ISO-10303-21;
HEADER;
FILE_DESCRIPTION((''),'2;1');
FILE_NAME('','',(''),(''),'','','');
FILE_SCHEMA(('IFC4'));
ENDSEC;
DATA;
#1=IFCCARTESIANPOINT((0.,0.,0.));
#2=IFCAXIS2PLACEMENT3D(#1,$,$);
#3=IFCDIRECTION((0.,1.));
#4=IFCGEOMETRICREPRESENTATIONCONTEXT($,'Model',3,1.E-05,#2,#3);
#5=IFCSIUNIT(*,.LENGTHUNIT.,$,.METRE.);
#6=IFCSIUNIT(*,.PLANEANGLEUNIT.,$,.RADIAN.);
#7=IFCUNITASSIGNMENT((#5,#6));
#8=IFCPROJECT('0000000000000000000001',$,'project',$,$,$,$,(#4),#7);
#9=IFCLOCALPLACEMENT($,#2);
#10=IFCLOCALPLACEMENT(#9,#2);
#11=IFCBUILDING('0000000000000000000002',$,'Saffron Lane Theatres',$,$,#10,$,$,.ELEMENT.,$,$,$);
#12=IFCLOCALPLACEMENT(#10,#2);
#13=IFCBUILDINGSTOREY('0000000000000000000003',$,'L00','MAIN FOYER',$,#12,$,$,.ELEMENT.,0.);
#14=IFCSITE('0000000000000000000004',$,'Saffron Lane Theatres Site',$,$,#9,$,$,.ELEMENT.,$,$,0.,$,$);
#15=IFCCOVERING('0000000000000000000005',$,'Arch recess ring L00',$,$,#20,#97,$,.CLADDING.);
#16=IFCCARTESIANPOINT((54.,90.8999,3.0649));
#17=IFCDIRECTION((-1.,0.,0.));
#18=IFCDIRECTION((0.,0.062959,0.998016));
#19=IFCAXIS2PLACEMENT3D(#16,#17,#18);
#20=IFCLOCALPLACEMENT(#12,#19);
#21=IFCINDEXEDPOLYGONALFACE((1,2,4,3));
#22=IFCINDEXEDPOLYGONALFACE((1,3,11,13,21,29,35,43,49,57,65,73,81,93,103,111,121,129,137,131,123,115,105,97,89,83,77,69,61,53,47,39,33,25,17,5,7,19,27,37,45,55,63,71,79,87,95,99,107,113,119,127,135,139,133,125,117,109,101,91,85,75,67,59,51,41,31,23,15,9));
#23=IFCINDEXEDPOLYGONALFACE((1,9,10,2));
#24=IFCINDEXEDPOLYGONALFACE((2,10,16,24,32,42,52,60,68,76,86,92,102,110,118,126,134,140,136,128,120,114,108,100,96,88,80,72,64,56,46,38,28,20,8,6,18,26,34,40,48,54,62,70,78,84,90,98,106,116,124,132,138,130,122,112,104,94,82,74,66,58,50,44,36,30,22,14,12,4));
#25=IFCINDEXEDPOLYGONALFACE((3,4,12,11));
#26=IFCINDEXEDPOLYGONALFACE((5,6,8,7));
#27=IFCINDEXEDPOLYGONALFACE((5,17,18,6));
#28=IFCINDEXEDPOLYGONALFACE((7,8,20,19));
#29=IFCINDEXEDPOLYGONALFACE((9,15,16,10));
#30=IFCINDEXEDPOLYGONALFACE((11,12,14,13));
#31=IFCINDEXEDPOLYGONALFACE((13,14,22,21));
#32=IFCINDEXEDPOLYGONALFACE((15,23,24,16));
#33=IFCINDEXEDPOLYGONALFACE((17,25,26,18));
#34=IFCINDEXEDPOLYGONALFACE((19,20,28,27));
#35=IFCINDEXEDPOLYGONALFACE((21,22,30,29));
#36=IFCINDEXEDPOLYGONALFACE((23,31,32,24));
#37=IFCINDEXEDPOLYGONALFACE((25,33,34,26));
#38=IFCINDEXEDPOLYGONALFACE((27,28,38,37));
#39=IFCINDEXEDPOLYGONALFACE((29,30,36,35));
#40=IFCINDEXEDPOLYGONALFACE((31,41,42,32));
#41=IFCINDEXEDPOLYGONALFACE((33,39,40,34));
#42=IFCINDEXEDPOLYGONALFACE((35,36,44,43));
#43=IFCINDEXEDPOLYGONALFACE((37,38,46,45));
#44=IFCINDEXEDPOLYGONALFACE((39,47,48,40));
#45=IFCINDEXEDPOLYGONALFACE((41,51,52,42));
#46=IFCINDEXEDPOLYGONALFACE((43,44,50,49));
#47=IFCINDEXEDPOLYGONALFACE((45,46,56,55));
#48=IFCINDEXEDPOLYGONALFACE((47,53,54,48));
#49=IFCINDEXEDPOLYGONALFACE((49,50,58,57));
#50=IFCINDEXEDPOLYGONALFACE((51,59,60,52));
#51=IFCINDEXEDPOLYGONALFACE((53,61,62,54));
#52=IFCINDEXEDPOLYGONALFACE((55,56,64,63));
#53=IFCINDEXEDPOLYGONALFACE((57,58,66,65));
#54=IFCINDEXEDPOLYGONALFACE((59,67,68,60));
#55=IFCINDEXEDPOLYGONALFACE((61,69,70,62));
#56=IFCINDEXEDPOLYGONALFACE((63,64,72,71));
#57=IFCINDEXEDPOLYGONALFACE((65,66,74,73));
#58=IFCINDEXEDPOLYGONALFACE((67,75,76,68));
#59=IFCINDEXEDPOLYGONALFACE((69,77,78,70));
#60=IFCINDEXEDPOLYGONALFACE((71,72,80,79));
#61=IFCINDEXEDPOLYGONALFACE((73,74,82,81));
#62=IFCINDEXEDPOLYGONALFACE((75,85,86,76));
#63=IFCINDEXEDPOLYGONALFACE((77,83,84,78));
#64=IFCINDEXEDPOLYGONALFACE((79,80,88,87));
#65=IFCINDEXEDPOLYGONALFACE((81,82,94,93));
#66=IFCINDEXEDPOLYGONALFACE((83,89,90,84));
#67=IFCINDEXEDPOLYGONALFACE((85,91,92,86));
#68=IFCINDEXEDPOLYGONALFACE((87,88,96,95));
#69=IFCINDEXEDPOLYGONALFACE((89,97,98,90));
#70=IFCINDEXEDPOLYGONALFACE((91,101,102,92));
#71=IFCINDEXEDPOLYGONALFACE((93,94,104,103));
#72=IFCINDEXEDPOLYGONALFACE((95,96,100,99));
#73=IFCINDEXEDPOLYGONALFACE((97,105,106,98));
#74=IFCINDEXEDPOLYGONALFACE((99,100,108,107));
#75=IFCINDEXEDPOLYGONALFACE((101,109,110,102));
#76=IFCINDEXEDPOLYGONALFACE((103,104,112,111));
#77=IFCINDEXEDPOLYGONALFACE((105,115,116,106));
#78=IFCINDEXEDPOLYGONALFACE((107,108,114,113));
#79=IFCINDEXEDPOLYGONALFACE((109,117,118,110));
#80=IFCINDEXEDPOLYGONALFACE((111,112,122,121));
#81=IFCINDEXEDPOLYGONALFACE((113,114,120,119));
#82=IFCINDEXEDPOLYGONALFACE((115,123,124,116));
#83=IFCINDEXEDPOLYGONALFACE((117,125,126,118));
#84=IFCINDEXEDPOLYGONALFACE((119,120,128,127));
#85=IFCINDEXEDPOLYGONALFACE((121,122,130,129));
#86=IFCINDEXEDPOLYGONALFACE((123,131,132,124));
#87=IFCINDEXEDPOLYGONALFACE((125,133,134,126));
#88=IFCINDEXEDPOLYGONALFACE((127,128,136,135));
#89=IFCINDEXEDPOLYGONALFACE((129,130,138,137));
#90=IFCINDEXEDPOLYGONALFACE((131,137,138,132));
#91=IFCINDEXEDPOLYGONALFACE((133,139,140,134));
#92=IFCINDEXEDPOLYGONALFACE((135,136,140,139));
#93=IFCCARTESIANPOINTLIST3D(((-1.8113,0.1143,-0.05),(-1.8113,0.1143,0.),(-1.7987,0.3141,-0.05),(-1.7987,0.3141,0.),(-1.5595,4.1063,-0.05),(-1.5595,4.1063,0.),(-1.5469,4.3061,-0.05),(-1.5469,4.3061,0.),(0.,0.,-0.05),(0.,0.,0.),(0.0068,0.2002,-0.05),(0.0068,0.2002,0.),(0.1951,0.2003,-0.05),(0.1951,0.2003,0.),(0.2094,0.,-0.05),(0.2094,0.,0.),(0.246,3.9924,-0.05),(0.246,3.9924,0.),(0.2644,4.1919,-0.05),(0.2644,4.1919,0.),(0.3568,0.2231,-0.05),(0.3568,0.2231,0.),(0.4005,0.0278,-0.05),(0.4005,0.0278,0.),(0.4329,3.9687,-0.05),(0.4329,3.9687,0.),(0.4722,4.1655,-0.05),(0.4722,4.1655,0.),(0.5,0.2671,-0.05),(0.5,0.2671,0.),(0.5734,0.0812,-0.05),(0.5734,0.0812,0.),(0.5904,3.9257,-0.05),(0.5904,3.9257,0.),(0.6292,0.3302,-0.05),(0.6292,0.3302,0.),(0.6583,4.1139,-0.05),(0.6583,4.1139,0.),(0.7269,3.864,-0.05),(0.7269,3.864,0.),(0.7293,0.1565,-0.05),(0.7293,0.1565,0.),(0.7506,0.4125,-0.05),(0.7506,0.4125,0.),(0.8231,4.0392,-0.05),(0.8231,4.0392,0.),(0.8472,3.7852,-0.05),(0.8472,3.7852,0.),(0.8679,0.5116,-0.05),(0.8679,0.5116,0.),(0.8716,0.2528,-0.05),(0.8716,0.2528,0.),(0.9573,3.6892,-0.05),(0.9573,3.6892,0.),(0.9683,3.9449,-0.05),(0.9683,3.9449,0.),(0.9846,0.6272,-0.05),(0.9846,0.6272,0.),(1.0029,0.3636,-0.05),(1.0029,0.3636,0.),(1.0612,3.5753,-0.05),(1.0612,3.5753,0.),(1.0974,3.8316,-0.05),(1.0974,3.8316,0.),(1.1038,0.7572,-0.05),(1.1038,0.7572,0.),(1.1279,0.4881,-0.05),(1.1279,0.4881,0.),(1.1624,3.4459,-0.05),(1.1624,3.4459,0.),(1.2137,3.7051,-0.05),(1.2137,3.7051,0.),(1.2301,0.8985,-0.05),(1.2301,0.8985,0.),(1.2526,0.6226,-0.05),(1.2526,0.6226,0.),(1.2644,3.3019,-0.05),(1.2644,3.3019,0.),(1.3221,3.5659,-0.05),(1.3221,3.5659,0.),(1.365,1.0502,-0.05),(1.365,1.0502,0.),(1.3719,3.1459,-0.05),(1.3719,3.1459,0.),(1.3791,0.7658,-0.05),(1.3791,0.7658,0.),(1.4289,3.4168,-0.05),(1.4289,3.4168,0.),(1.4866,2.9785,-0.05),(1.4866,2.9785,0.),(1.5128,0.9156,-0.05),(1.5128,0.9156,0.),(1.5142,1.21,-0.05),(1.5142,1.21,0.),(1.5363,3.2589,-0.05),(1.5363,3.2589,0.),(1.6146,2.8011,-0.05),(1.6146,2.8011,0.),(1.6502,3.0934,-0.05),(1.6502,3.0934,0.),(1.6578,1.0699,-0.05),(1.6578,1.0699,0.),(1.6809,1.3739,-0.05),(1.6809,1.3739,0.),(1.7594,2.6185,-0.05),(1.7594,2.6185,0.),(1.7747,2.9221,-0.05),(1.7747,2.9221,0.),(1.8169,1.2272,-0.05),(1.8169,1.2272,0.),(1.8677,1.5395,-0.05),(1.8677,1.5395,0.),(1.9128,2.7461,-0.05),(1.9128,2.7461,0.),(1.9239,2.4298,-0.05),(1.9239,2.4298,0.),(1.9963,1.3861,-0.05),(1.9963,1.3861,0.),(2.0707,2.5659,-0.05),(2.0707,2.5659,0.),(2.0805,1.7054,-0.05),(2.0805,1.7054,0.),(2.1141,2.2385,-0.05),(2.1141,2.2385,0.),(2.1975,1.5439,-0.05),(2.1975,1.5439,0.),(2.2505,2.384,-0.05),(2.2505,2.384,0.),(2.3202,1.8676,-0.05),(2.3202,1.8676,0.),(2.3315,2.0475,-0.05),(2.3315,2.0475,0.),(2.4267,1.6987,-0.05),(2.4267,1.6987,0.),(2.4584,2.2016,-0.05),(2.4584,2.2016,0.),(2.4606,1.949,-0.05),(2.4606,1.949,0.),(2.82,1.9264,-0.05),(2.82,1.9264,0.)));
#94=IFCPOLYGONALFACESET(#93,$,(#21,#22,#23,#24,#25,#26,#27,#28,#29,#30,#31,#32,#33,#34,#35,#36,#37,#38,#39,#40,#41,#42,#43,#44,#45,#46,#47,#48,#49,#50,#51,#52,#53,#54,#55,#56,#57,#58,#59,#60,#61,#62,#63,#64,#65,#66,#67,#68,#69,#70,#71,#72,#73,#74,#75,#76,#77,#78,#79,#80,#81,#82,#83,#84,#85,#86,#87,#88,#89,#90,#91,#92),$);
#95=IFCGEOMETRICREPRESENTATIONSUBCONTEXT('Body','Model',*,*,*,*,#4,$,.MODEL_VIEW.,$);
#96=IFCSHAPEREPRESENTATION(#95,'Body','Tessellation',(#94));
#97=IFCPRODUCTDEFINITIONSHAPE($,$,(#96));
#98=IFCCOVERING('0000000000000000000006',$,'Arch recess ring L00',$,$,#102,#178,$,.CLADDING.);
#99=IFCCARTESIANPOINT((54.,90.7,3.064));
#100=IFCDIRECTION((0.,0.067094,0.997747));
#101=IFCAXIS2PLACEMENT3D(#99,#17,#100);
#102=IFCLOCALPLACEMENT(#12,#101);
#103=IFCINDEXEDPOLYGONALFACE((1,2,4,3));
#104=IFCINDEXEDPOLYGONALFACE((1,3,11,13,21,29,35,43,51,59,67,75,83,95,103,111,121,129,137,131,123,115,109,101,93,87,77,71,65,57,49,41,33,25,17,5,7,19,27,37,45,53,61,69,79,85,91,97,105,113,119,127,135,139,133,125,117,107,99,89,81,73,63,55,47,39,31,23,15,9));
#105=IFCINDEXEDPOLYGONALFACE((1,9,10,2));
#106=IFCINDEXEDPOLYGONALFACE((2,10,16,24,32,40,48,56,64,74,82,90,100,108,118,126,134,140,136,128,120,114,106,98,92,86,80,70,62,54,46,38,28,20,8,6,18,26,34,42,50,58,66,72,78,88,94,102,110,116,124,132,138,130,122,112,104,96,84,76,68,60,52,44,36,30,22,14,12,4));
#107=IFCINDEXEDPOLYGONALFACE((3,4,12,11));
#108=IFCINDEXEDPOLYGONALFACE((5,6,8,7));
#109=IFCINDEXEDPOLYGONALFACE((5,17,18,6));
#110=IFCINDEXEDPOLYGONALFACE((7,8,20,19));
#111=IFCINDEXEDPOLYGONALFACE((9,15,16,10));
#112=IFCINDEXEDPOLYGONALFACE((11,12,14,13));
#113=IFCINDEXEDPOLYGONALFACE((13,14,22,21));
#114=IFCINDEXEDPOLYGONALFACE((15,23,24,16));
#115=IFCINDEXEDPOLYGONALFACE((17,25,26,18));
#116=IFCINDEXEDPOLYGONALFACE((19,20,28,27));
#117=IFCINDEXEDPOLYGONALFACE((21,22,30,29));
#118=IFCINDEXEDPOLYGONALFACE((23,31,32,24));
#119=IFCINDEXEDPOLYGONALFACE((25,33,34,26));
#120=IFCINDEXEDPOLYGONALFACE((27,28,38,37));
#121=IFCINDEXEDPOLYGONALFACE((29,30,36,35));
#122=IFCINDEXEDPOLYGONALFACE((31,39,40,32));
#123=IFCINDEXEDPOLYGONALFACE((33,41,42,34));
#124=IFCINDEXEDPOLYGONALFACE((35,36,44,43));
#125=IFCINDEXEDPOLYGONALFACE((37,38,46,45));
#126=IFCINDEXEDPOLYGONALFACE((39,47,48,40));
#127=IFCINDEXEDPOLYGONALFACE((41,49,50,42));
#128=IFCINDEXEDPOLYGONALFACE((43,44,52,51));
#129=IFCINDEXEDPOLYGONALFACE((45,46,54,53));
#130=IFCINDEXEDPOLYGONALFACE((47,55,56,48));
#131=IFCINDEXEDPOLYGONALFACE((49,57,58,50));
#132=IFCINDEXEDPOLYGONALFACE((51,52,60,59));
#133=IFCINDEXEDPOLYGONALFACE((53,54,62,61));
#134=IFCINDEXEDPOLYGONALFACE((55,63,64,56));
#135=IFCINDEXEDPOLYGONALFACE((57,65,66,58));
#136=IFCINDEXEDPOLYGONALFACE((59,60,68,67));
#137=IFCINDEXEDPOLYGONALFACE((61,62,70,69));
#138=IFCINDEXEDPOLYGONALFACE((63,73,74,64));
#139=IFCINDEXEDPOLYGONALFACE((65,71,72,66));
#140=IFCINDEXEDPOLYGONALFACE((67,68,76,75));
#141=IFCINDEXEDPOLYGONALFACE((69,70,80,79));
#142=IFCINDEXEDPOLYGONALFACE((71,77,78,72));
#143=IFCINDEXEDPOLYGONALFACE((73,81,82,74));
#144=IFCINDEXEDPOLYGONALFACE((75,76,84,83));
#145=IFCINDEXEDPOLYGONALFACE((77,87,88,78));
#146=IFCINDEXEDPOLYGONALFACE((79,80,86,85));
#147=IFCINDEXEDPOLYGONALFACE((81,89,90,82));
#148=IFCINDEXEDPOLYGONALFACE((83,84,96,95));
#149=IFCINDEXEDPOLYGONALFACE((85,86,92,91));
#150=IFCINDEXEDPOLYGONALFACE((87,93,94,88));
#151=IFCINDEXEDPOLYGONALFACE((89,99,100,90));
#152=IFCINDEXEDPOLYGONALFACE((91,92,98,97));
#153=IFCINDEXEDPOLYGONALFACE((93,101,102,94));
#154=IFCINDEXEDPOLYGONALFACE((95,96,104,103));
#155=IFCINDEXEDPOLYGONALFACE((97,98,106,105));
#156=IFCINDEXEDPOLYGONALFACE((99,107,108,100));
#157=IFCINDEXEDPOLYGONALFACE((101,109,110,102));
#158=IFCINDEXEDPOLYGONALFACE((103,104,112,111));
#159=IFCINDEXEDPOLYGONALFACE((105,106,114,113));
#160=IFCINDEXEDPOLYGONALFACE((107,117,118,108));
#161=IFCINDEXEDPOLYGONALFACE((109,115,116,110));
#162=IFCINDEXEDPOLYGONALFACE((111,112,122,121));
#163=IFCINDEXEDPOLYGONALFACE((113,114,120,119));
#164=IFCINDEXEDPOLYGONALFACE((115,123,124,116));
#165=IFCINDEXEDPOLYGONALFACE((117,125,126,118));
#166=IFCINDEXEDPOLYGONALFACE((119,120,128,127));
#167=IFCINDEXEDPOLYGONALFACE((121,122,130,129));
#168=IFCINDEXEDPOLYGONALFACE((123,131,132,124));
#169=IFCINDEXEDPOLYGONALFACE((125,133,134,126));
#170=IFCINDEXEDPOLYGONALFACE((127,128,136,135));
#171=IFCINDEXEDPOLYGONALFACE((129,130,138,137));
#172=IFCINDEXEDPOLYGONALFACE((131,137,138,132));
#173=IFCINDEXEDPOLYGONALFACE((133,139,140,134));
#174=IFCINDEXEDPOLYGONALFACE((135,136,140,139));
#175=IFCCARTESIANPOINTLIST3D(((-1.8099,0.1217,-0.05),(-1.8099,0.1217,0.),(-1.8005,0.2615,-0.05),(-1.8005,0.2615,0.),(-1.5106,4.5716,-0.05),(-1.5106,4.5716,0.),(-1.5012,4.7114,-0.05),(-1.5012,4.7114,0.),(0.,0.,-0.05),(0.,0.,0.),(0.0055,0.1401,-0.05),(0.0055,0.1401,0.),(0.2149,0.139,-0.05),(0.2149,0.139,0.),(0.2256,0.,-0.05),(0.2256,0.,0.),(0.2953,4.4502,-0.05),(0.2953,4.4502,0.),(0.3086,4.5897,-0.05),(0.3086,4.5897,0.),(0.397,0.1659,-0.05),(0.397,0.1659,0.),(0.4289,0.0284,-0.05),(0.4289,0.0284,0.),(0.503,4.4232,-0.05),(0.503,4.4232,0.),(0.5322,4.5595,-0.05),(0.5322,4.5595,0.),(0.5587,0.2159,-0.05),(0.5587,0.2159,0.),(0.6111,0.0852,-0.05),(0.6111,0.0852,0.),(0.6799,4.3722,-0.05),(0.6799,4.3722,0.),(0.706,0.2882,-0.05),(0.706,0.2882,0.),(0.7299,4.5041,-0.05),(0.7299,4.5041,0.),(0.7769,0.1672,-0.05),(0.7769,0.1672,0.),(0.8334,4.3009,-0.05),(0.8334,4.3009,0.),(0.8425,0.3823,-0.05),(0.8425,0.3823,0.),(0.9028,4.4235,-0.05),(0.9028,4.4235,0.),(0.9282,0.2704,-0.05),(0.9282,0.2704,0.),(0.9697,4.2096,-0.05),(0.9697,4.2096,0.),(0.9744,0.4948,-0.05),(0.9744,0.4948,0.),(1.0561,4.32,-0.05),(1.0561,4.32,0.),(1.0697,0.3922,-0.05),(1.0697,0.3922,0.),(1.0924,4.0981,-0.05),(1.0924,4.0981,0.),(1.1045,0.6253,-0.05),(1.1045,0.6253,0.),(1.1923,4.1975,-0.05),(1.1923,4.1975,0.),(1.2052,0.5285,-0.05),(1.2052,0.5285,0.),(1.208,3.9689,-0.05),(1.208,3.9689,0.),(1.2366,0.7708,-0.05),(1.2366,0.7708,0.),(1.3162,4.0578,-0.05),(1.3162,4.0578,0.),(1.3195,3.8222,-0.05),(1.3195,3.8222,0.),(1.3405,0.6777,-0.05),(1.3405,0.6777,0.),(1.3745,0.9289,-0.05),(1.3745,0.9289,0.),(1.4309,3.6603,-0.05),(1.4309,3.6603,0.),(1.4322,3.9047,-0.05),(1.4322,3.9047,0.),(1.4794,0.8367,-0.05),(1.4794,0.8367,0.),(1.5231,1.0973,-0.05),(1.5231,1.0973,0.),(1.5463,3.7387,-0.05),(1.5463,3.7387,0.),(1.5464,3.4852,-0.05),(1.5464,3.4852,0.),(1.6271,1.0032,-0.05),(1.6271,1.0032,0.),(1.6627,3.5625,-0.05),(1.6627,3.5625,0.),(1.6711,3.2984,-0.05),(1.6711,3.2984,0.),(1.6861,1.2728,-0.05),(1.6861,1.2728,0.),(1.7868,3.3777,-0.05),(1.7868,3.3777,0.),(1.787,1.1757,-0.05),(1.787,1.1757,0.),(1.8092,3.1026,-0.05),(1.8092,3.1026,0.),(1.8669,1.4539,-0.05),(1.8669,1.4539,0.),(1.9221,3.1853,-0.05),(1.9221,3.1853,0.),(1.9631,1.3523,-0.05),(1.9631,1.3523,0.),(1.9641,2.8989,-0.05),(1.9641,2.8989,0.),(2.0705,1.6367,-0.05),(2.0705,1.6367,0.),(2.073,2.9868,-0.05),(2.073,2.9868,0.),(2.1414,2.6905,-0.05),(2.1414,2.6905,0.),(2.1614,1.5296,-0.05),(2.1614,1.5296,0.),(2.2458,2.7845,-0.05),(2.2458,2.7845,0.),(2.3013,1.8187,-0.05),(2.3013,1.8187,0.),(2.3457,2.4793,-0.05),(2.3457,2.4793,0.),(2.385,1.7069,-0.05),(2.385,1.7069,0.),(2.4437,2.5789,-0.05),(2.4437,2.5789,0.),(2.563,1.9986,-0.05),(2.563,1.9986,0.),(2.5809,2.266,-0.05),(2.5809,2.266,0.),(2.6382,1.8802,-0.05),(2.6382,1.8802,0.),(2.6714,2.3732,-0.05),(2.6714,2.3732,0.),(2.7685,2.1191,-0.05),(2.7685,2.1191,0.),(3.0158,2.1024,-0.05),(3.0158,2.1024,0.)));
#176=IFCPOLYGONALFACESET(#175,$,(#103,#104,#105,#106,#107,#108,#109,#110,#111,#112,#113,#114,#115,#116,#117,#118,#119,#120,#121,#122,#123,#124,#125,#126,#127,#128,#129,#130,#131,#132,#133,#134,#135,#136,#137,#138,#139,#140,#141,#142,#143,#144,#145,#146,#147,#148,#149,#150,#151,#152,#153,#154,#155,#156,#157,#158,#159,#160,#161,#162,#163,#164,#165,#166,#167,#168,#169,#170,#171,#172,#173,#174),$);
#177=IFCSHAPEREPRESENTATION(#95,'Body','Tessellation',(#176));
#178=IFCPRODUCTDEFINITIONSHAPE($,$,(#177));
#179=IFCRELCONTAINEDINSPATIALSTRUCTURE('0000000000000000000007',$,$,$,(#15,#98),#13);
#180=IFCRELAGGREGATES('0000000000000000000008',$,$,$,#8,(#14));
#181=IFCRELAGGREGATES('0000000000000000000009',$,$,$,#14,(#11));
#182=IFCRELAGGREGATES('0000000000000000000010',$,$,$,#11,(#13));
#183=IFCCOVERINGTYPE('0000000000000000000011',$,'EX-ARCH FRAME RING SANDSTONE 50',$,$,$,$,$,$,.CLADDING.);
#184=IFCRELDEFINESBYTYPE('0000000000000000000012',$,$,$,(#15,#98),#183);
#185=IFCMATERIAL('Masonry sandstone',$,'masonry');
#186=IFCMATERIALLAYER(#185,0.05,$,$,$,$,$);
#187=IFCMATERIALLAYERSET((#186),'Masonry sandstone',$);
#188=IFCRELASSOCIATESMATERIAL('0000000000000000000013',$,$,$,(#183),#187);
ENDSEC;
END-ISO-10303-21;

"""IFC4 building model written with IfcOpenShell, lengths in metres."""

from ifc_helpers import new_model, si_unit, direction, frame, origin, place, context, subcontext, project, spatial, polyline, outline, extrude, material, layer, layer_set, type_object, element, save


model = new_model("IFC4")

# Units and contexts
model_context = context("Model", 3, precision=1e-05, world=origin(), true_north=direction((0.0, 1.0)))
body_context = subcontext(model_context, "Body", "Model", "MODEL_VIEW")
ifc_project = project(units=[si_unit("LENGTHUNIT", "METRE"), si_unit("PLANEANGLEUNIT", "RADIAN")], contexts=[model_context])

# Site, building, storey
site_placement = place(None, origin())
site = spatial("IfcSite", under=ifc_project, at=site_placement, Name="Saffron Lane Theatres Site", CompositionType="ELEMENT", RefElevation=0.0)
building_placement = place(site_placement, origin())
building = spatial("IfcBuilding", under=site, at=building_placement, Name="Saffron Lane Theatres", CompositionType="ELEMENT")
storey_placement = place(building_placement, origin())
storey = spatial("IfcBuildingStorey", under=building, at=storey_placement, Name="L00", Description="MAIN FOYER", CompositionType="ELEMENT", Elevation=0.0)

# Coverings
ifc_material_1 = material(Name="Masonry sandstone", Category="masonry")
ifc_layer_1 = layer(ifc_material_1, 0.05)
ifc_layer_set_1 = layer_set([ifc_layer_1], Name="Masonry sandstone")
covering_type_1 = type_object("IfcCoveringType", Name="EX-ARCH FRAME RING SANDSTONE 50", PredefinedType="CLADDING", material=ifc_layer_set_1)
covering_1_placement = place(storey_placement, frame((54.0, 90.8999, 3.0649), z_axis=(-1.0, 0.0, 0.0), x_axis=(0.0, 0.062959, 0.998016)))
element("IfcCovering", 1, at=covering_1_placement, inside=storey, type_object=covering_type_1, Name="Arch recess ring L00", PredefinedType="CLADDING", context=body_context, shape_type="SweptSolid", body=[
    extrude(outline(polyline([(0.0, 0.0), (0.2094, 0.0), (0.4005, 0.0278), (0.5734, 0.0812), (0.7293, 0.1565), (0.8716, 0.2528), (1.0029, 0.3636), (1.1279, 0.4881), (1.2526, 0.6226), (1.3791, 0.7658), (1.5128, 0.9156), (1.6578, 1.0699), (1.8169, 1.2272), (1.9963, 1.3861), (2.1975, 1.5439), (2.4267, 1.6987), (2.82, 1.9264), (2.4584, 2.2016), (2.2505, 2.384), (2.0707, 2.5659), (1.9128, 2.7461), (1.7747, 2.9221), (1.6502, 3.0934), (1.5363, 3.2589), (1.4289, 3.4168), (1.3221, 3.5659), (1.2137, 3.7051), (1.0974, 3.8316), (0.9683, 3.9449), (0.8231, 4.0392), (0.6583, 4.1139), (0.4722, 4.1655), (0.2644, 4.1919), (-1.5469, 4.3061), (-1.5595, 4.1063), (0.246, 3.9924), (0.4329, 3.9687), (0.5904, 3.9257), (0.7269, 3.864), (0.8472, 3.7852), (0.9573, 3.6892), (1.0612, 3.5753), (1.1624, 3.4459), (1.2644, 3.3019), (1.3719, 3.1459), (1.4866, 2.9785), (1.6146, 2.8011), (1.7594, 2.6185), (1.9239, 2.4298), (2.1141, 2.2385), (2.3315, 2.0475), (2.4606, 1.949), (2.3202, 1.8676), (2.0805, 1.7054), (1.8677, 1.5395), (1.6809, 1.3739), (1.5142, 1.21), (1.365, 1.0502), (1.2301, 0.8985), (1.1038, 0.7572), (0.9846, 0.6272), (0.8679, 0.5116), (0.7506, 0.4125), (0.6292, 0.3302), (0.5, 0.2671), (0.3568, 0.2231), (0.1951, 0.2003), (0.0068, 0.2002), (-1.7987, 0.3141), (-1.8113, 0.1143), (0.0, 0.0)])), origin(), (0.0, 0.0, -1.0), 0.05),
])
covering_2_placement = place(storey_placement, frame((54.0, 90.7, 3.064), z_axis=(-1.0, 0.0, 0.0), x_axis=(0.0, 0.067094, 0.997747)))
element("IfcCovering", 2, at=covering_2_placement, inside=storey, type_object=covering_type_1, Name="Arch recess ring L00", PredefinedType="CLADDING", context=body_context, shape_type="SweptSolid", body=[
    extrude(outline(polyline([(0.0, 0.0), (0.2256, 0.0), (0.4289, 0.0284), (0.6111, 0.0852), (0.7769, 0.1672), (0.9282, 0.2704), (1.0697, 0.3922), (1.2052, 0.5285), (1.3405, 0.6777), (1.4794, 0.8367), (1.6271, 1.0032), (1.787, 1.1757), (1.9631, 1.3523), (2.1614, 1.5296), (2.385, 1.7069), (2.6382, 1.8802), (3.0158, 2.1024), (2.6714, 2.3732), (2.4437, 2.5789), (2.2458, 2.7845), (2.073, 2.9868), (1.9221, 3.1853), (1.7868, 3.3777), (1.6627, 3.5625), (1.5463, 3.7387), (1.4322, 3.9047), (1.3162, 4.0578), (1.1923, 4.1975), (1.0561, 4.32), (0.9028, 4.4235), (0.7299, 4.5041), (0.5322, 4.5595), (0.3086, 4.5897), (-1.5012, 4.7114), (-1.5106, 4.5716), (0.2953, 4.4502), (0.503, 4.4232), (0.6799, 4.3722), (0.8334, 4.3009), (0.9697, 4.2096), (1.0924, 4.0981), (1.208, 3.9689), (1.3195, 3.8222), (1.4309, 3.6603), (1.5464, 3.4852), (1.6711, 3.2984), (1.8092, 3.1026), (1.9641, 2.8989), (2.1414, 2.6905), (2.3457, 2.4793), (2.5809, 2.266), (2.7685, 2.1191), (2.563, 1.9986), (2.3013, 1.8187), (2.0705, 1.6367), (1.8669, 1.4539), (1.6861, 1.2728), (1.5231, 1.0973), (1.3745, 0.9289), (1.2366, 0.7708), (1.1045, 0.6253), (0.9744, 0.4948), (0.8425, 0.3823), (0.706, 0.2882), (0.5587, 0.2159), (0.397, 0.1659), (0.2149, 0.139), (0.0055, 0.1401), (-1.8005, 0.2615), (-1.8099, 0.1217), (0.0, 0.0)])), origin(), (0.0, 0.0, -1.0), 0.05),
])

save(model, "model.ifc")
